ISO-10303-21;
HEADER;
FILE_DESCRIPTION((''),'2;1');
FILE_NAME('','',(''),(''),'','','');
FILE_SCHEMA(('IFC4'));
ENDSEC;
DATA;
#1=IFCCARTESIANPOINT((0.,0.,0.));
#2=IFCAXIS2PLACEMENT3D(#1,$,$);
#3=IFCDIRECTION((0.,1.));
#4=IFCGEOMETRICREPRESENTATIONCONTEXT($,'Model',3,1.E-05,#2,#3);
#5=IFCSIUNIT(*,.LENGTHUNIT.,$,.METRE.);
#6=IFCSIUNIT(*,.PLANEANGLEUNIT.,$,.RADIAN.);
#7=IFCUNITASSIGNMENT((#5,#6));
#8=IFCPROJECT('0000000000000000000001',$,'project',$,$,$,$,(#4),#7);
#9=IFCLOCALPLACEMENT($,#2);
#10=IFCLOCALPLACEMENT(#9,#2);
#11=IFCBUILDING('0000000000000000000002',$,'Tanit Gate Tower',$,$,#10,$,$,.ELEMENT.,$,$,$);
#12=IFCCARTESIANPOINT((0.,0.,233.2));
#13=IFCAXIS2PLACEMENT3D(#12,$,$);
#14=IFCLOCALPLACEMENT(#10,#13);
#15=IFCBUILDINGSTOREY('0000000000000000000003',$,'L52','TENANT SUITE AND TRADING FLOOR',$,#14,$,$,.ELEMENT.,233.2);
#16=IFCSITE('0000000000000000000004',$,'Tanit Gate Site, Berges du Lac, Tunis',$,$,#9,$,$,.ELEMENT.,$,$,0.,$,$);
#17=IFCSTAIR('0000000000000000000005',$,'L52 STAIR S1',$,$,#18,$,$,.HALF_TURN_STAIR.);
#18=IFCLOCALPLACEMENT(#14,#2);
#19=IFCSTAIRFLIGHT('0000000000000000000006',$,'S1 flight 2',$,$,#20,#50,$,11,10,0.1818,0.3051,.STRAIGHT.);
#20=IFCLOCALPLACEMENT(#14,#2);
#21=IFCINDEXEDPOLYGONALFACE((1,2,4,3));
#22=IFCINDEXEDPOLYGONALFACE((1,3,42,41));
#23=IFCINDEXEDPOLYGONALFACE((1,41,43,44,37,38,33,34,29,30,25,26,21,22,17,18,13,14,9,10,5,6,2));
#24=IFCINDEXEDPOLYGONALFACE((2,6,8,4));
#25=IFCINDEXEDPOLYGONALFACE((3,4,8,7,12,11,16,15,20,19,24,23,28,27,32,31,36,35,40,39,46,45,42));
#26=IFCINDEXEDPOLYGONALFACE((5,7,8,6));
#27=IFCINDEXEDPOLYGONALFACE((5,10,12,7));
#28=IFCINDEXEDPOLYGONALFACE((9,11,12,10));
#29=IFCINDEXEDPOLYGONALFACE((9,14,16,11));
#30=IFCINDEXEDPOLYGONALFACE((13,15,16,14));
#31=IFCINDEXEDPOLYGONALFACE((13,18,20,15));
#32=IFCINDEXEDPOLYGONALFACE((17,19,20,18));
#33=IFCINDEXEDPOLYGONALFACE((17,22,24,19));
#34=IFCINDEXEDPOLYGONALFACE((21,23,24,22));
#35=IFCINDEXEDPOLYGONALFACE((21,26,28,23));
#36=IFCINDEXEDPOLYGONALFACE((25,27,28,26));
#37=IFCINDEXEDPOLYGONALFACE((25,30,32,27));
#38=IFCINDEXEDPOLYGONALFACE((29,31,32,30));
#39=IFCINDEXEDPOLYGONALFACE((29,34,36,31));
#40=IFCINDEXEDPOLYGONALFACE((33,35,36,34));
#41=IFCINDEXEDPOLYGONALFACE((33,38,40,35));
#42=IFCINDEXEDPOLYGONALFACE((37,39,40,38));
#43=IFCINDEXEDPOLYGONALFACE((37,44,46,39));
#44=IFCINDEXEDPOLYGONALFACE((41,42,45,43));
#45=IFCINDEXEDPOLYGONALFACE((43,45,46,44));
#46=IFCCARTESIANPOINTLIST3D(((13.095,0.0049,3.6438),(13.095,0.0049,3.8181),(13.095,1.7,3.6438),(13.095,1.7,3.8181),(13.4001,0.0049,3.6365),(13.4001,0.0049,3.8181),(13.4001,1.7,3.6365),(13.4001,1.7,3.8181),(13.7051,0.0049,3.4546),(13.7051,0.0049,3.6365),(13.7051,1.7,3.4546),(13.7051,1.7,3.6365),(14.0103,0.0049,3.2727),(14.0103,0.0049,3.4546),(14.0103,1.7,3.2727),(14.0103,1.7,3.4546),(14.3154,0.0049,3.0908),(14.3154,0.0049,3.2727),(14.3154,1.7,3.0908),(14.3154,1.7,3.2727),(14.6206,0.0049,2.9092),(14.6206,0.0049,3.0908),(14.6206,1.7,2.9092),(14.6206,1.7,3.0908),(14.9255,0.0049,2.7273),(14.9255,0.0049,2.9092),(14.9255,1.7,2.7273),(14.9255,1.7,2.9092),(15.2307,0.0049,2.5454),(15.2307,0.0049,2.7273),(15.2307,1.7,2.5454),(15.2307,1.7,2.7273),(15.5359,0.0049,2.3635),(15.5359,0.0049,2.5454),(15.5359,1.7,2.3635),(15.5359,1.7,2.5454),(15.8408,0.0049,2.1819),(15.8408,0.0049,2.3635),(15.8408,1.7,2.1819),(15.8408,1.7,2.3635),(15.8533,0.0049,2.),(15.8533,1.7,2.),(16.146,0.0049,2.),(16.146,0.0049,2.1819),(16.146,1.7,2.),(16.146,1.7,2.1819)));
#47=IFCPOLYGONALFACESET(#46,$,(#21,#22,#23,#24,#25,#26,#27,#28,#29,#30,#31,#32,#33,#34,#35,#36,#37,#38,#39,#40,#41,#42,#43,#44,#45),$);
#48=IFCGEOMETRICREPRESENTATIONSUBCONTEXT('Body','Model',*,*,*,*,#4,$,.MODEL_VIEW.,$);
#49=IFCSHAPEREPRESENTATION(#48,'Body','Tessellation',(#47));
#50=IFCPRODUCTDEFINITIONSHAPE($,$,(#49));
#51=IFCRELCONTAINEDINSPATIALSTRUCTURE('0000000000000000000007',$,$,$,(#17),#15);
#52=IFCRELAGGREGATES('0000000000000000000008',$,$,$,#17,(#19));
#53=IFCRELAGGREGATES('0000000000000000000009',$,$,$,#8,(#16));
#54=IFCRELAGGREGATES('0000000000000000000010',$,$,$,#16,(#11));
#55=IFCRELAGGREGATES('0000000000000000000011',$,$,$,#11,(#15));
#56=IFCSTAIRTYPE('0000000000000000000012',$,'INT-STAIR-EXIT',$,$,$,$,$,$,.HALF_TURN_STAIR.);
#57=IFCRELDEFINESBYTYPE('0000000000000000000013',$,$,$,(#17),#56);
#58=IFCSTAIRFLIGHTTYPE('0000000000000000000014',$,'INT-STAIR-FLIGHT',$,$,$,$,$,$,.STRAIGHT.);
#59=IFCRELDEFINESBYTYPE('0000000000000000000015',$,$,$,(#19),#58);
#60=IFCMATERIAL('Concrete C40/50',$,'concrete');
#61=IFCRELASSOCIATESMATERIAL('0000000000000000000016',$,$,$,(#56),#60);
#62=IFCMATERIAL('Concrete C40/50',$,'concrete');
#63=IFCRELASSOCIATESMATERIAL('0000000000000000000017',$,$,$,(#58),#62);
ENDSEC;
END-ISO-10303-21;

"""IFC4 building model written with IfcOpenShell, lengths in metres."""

from ifc_helpers import new_model, si_unit, direction, frame, origin, place, context, subcontext, project, spatial, polyline, outline, extrude, material, type_object, element, aggregate, save


model = new_model("IFC4")

# Units and contexts
model_context = context("Model", 3, precision=1e-05, world=origin(), true_north=direction((0.0, 1.0)))
body_context = subcontext(model_context, "Body", "Model", "MODEL_VIEW")
ifc_project = project(units=[si_unit("LENGTHUNIT", "METRE"), si_unit("PLANEANGLEUNIT", "RADIAN")], contexts=[model_context])

# Site, building, storey
site_placement = place(None, origin())
site = spatial("IfcSite", under=ifc_project, at=site_placement, Name="Tanit Gate Site, Berges du Lac, Tunis", CompositionType="ELEMENT", RefElevation=0.0)
building_placement = place(site_placement, origin())
building = spatial("IfcBuilding", under=site, at=building_placement, Name="Tanit Gate Tower", CompositionType="ELEMENT")
storey_placement = place(building_placement, frame((0.0, 0.0, 233.2)))
storey = spatial("IfcBuildingStorey", under=building, at=storey_placement, Name="L52", Description="TENANT SUITE AND TRADING FLOOR", CompositionType="ELEMENT", Elevation=233.2)

# Stair, stair flight
ifc_material_1 = material(Name="Concrete C40/50", Category="concrete")
stair_type = type_object("IfcStairType", Name="INT-STAIR-EXIT", PredefinedType="HALF_TURN_STAIR", material=ifc_material_1)
stair_placement = place(storey_placement, origin())
stair = element("IfcStair", 1, at=stair_placement, inside=storey, type_object=stair_type, Name="L52 STAIR S1", PredefinedType="HALF_TURN_STAIR")
ifc_material_2 = material(Name="Concrete C40/50", Category="concrete")
stair_flight_type = type_object("IfcStairFlightType", Name="INT-STAIR-FLIGHT", PredefinedType="STRAIGHT", material=ifc_material_2)
stair_flight_placement = place(storey_placement, frame((16.146, 0.8525, 2.0), z_axis=(0.0, 0.0, 1.0), x_axis=(-1.0, 0.0, 0.0)))
stair_flight = element("IfcStairFlight", 2, at=stair_flight_placement, type_object=stair_flight_type, Name="S1 flight 2", NumberOfRisers=11, NumberOfTreads=10, PredefinedType="STRAIGHT", RiserHeight=0.1818, TreadLength=0.3051, context=body_context, shape_type="SweptSolid", body=[
    extrude(outline(polyline([(0.0, 0.0), (0.0, 0.1819), (0.3052, 0.1819), (0.3052, 0.3635), (0.6101, 0.3635), (0.6101, 0.5454), (0.9153, 0.5454), (0.9153, 0.7273), (1.2205, 0.7273), (1.2205, 0.9092), (1.5254, 0.9092), (1.5254, 1.0908), (1.8306, 1.0908), (1.8306, 1.2727), (2.1357, 1.2727), (2.1357, 1.4546), (2.4409, 1.4546), (2.4409, 1.6365), (2.7458, 1.6365), (2.7458, 1.8181), (3.051, 1.8181), (3.051, 2.0), (3.051, 1.6438), (0.2927, 0.0), (0.0, 0.0)])), frame((0.0, 0.8477, 0.0), z_axis=(0.0, -1.0, 0.0), x_axis=(1.0, 0.0, 0.0)), (0.0, 0.0, 1.0), 1.6951),
])
aggregate(stair, [stair_flight])

save(model, "model.ifc")
